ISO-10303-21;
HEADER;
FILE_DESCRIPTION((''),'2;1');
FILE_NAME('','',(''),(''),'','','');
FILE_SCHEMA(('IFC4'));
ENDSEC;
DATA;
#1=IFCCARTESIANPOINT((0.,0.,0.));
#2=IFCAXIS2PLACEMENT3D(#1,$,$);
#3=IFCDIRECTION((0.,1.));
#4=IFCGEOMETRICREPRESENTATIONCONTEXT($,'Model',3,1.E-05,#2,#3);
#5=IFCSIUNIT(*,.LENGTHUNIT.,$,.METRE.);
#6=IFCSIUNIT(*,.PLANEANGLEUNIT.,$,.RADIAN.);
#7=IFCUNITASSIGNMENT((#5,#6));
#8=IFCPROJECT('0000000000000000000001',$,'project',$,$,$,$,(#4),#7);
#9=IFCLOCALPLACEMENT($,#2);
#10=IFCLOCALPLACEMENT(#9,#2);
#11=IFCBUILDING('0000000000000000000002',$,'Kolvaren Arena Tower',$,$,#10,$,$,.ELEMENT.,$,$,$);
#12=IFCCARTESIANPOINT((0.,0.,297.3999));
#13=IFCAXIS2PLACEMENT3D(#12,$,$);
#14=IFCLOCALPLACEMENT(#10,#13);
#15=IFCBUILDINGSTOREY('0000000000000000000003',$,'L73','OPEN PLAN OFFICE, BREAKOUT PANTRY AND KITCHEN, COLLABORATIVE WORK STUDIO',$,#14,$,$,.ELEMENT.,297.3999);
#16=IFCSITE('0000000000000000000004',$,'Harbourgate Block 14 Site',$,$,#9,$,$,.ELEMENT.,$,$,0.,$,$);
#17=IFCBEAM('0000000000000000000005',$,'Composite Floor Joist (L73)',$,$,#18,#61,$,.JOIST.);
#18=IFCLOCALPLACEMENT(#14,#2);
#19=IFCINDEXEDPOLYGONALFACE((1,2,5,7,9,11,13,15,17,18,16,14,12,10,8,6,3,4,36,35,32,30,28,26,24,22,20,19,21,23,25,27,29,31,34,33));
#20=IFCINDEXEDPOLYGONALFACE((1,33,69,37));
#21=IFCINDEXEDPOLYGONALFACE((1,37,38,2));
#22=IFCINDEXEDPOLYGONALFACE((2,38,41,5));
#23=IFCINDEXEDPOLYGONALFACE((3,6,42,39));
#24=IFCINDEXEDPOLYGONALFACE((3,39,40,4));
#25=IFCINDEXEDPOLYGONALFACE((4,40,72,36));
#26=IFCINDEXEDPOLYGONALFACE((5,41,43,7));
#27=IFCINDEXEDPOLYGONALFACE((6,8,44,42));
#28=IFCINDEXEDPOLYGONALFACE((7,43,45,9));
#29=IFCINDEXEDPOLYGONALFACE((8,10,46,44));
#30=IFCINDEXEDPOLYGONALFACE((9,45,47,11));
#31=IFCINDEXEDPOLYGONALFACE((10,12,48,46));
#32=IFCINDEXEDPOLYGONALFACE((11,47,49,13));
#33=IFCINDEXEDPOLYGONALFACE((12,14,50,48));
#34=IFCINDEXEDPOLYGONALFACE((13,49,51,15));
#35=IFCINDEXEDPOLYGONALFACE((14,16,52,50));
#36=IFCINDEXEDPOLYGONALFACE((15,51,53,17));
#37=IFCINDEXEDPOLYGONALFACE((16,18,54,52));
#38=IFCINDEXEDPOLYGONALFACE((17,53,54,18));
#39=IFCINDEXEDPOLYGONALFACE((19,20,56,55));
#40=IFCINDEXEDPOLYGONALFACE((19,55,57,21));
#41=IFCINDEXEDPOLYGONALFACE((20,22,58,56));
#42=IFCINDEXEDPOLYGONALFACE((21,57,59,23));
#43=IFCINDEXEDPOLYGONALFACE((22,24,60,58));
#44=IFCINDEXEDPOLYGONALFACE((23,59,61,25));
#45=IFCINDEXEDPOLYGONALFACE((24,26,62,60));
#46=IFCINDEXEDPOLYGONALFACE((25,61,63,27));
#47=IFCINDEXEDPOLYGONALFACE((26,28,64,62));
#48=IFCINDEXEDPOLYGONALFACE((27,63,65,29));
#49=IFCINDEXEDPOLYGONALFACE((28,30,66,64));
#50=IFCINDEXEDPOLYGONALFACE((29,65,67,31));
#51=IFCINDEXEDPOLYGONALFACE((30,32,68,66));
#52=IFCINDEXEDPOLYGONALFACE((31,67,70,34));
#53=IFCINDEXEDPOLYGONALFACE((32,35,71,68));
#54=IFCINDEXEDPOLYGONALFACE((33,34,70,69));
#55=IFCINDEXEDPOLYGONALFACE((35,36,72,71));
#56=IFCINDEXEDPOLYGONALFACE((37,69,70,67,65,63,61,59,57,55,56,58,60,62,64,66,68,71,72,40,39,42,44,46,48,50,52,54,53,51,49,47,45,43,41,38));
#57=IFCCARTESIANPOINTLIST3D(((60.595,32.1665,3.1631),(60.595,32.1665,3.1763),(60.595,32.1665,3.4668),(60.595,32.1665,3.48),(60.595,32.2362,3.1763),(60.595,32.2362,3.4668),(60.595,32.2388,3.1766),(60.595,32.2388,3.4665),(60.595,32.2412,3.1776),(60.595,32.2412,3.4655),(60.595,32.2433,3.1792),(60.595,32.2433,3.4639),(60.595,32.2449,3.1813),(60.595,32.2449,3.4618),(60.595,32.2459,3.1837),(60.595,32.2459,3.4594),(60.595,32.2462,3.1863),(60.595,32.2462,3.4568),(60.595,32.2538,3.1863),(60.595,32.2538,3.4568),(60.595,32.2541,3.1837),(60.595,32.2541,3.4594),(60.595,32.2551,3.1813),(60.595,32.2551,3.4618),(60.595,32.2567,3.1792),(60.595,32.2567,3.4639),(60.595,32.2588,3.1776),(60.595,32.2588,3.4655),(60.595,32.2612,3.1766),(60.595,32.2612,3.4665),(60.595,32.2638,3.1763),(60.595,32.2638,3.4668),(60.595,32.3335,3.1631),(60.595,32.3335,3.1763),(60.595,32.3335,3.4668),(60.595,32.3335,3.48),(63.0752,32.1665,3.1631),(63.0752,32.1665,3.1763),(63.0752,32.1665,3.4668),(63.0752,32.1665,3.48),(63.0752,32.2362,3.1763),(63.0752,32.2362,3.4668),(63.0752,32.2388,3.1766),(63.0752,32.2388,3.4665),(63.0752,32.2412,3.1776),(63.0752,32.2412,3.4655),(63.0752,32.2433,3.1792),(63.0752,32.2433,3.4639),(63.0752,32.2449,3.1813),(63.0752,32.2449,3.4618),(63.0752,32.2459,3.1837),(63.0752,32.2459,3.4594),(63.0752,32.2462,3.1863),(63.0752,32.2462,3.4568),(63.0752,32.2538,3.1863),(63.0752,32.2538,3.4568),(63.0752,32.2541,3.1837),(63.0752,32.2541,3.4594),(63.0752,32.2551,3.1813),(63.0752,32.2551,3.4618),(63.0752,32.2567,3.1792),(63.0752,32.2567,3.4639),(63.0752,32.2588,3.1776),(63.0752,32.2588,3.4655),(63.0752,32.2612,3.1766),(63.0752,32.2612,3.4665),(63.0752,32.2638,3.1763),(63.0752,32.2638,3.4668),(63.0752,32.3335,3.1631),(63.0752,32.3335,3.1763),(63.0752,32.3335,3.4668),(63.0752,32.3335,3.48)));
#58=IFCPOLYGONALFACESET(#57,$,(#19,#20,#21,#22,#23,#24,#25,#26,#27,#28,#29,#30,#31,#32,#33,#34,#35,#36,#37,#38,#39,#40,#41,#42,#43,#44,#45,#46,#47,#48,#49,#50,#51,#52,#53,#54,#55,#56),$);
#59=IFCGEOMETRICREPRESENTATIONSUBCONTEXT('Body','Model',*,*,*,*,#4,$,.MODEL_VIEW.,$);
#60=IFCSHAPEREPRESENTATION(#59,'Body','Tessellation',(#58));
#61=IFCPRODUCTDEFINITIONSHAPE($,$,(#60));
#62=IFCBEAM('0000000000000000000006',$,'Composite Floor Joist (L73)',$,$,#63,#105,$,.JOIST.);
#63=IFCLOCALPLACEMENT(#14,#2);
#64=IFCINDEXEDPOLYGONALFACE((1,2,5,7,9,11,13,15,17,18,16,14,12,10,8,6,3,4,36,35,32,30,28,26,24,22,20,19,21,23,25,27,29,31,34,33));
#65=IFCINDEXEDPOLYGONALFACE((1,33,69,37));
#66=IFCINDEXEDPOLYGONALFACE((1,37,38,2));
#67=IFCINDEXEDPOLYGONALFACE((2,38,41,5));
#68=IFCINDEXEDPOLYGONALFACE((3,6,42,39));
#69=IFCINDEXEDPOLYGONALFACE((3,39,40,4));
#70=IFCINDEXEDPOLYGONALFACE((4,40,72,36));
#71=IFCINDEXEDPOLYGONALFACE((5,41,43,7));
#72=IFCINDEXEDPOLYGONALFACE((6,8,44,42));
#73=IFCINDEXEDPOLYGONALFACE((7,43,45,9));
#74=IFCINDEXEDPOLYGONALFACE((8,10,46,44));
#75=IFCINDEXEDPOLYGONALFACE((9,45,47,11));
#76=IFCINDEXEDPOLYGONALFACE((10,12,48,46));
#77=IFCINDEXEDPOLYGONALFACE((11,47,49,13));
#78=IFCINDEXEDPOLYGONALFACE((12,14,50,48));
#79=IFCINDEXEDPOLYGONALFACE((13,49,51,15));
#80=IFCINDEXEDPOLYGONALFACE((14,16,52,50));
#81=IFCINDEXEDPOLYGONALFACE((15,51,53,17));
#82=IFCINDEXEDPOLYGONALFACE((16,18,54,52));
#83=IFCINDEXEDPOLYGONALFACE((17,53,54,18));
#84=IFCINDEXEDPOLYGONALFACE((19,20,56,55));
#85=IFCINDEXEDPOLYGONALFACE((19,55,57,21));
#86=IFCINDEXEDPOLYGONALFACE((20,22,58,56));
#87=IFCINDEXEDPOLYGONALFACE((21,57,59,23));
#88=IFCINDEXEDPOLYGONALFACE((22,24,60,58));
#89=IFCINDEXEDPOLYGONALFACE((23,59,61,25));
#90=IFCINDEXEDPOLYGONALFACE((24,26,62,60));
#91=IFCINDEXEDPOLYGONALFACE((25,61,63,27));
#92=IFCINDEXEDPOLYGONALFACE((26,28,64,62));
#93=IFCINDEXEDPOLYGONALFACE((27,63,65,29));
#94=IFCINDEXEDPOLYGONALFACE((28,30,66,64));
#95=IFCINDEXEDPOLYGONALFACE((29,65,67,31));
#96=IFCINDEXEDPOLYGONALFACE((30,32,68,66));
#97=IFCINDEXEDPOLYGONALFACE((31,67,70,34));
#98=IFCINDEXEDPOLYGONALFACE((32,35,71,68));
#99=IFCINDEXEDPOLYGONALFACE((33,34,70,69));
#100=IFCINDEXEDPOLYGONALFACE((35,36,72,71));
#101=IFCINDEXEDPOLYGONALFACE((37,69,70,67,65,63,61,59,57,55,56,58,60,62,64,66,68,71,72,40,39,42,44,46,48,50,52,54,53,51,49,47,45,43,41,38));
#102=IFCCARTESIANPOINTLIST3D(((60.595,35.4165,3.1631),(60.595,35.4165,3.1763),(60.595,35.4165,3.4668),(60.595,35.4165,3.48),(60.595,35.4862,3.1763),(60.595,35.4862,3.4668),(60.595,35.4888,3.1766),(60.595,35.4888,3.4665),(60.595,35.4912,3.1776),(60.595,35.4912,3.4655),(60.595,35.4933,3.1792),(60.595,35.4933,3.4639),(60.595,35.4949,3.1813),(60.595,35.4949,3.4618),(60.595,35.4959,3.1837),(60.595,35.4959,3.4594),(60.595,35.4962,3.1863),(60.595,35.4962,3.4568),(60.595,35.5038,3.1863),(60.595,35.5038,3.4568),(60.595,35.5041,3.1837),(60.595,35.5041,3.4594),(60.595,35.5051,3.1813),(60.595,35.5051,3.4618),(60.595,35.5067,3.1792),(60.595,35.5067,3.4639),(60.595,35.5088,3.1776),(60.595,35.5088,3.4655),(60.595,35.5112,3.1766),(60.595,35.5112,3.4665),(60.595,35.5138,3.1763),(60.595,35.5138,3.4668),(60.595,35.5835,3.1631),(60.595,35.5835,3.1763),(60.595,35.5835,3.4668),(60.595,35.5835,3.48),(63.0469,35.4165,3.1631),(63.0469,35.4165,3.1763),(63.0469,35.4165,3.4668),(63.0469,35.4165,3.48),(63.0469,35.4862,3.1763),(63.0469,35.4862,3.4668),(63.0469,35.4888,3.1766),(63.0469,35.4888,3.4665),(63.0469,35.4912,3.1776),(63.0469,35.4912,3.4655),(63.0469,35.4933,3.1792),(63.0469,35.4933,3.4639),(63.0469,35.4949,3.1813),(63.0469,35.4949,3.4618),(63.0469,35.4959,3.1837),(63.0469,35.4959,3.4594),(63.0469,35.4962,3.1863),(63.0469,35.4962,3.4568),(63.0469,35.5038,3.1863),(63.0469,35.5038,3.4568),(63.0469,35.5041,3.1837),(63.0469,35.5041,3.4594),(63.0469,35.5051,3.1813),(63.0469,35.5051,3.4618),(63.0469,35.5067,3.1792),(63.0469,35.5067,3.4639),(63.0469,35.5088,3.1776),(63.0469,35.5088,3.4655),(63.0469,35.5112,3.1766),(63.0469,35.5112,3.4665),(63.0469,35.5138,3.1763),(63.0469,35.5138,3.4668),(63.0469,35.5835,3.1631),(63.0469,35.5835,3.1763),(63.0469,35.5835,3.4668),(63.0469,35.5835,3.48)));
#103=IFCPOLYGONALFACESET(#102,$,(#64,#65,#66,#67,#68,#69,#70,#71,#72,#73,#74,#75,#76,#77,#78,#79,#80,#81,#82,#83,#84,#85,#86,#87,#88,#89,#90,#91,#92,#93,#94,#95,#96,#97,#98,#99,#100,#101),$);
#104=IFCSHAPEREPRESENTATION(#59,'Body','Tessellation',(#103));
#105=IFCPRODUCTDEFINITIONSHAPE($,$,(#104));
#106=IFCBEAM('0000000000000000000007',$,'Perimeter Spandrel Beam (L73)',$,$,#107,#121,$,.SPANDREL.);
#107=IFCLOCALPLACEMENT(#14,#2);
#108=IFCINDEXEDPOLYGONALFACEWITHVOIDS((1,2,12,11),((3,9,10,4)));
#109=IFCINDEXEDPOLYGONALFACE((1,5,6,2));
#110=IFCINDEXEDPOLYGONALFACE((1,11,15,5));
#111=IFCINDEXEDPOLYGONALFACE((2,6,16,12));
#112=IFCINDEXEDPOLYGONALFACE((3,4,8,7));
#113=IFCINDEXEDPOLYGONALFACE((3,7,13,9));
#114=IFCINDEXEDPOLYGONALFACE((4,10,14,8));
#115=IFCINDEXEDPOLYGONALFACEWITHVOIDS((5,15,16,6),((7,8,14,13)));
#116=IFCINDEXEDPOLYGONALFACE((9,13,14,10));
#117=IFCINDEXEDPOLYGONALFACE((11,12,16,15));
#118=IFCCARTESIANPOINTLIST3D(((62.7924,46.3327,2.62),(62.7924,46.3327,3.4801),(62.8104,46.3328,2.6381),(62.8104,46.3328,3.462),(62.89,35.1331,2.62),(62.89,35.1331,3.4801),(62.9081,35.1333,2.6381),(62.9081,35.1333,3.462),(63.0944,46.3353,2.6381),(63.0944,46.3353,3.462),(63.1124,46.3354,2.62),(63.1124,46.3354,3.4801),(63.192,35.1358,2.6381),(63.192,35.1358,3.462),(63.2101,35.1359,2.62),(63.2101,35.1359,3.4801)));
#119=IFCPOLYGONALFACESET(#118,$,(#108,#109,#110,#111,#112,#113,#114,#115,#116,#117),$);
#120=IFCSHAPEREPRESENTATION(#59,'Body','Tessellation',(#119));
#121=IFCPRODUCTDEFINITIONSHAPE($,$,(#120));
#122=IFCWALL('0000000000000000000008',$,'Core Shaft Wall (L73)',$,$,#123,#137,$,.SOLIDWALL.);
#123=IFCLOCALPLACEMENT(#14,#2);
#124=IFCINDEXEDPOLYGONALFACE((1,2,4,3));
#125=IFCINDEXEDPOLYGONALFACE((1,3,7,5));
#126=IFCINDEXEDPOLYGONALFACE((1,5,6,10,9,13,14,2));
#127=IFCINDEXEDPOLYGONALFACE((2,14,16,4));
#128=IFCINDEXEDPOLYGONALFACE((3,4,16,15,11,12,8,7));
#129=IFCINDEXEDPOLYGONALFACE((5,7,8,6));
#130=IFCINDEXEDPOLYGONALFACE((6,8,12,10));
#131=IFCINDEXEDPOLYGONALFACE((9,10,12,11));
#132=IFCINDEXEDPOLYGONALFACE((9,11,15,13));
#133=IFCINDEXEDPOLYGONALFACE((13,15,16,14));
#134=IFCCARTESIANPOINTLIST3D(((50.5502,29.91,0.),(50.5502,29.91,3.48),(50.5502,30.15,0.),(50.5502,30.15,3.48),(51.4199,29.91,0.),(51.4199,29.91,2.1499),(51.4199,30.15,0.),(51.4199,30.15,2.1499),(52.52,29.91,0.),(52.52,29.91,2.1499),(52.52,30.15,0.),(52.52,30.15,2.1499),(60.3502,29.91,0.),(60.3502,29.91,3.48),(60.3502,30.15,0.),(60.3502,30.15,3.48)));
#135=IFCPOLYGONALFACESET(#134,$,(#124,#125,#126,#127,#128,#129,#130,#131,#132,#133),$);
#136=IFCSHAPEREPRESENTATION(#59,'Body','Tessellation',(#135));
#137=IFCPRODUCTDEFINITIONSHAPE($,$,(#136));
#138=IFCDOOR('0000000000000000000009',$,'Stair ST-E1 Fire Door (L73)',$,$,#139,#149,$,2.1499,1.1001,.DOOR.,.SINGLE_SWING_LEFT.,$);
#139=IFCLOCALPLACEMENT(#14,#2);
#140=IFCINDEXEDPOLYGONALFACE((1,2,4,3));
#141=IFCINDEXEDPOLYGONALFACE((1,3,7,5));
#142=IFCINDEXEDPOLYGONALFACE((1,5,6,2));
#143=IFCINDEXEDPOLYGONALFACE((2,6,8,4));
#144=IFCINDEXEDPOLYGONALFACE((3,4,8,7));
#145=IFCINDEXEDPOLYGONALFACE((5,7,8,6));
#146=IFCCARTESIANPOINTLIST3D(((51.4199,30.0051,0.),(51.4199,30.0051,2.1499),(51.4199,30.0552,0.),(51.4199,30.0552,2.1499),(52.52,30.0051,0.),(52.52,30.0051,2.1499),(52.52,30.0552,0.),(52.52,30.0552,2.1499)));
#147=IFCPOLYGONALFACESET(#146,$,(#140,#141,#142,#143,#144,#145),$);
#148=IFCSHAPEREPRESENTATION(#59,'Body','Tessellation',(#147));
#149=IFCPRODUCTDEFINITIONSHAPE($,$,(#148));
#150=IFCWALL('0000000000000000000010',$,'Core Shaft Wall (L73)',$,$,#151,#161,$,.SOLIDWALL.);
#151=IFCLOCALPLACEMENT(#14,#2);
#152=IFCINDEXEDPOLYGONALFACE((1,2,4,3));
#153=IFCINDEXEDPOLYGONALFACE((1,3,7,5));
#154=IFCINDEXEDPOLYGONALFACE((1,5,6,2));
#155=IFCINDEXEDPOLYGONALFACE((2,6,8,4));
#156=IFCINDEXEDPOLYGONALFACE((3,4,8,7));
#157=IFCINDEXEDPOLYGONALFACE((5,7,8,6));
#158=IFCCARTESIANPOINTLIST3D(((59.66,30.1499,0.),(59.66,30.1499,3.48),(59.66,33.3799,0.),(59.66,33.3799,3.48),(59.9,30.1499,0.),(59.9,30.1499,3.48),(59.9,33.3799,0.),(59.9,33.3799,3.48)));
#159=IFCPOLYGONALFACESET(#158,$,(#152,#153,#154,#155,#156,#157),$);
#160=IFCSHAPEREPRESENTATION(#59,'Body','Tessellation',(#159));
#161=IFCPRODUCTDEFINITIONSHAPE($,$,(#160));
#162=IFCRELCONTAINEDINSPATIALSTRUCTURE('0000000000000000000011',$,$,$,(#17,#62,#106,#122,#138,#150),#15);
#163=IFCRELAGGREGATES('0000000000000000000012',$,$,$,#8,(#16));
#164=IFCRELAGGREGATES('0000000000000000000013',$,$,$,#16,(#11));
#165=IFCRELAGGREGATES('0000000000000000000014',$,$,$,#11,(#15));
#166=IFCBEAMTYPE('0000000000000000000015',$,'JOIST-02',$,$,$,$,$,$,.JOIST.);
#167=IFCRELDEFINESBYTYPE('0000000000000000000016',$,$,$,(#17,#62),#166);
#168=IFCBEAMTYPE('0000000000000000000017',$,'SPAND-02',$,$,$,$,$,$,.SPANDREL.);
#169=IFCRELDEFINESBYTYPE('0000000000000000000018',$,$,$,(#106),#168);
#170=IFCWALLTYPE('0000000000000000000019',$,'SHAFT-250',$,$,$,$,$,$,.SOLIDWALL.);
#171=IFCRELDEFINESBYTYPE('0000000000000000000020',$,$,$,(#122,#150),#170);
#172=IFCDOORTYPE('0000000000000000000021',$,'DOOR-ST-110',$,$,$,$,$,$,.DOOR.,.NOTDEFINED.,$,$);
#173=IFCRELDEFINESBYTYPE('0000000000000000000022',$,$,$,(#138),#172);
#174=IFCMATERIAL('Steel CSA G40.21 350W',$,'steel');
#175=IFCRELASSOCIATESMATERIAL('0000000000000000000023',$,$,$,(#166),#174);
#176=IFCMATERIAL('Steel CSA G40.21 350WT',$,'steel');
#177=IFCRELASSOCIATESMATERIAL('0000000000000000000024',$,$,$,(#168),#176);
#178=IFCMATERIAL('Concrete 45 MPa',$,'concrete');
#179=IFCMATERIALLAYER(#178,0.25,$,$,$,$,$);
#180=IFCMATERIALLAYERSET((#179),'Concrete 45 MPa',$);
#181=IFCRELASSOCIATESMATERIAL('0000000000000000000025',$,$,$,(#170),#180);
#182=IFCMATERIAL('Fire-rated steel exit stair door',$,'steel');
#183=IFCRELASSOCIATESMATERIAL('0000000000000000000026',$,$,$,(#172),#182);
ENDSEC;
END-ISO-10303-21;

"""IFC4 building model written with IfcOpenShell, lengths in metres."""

from ifc_helpers import new_model, si_unit, direction, frame, frame_2d, origin, origin_2d, place, context, subcontext, project, spatial, rectangle, hollow_rectangle, i_section, extrude, material, layer, layer_set, material_profile, profile_set, type_object, element, fill, save


model = new_model("IFC4")

# Units and contexts
model_context = context("Model", 3, precision=1e-05, world=origin(), true_north=direction((0.0, 1.0)))
body_context = subcontext(model_context, "Body", "Model", "MODEL_VIEW")
ifc_project = project(units=[si_unit("LENGTHUNIT", "METRE"), si_unit("PLANEANGLEUNIT", "RADIAN")], contexts=[model_context])

# Site, building, storey
site_placement = place(None, origin())
site = spatial("IfcSite", under=ifc_project, at=site_placement, Name="Harbourgate Block 14 Site", CompositionType="ELEMENT", RefElevation=0.0)
building_placement = place(site_placement, origin())
building = spatial("IfcBuilding", under=site, at=building_placement, Name="Kolvaren Arena Tower", CompositionType="ELEMENT")
storey_placement = place(building_placement, frame((0.0, 0.0, 297.3999)))
storey = spatial("IfcBuildingStorey", under=building, at=storey_placement, Name="L73", Description="OPEN PLAN OFFICE, BREAKOUT PANTRY AND KITCHEN, COLLABORATIVE WORK STUDIO", CompositionType="ELEMENT", Elevation=297.3999)

# Beams
ifc_material_1 = material(Name="Steel CSA G40.21 350W", Category="steel")
ifc_material_profile_1 = material_profile(ifc_material_1, i_section(OverallWidth=0.167, OverallDepth=0.3169, WebThickness=0.0076, FlangeThickness=0.0132, FilletRadius=0.01, at=origin_2d()), Name="W310x52")
ifc_profile_set_1 = profile_set([ifc_material_profile_1], Name="Steel CSA G40.21 350W")
beam_type_1 = type_object("IfcBeamType", Name="JOIST-02", PredefinedType="JOIST", material=ifc_profile_set_1)
beam_1_placement = place(storey_placement, frame((60.595, 32.25, 3.3215), z_axis=(1.0, 0.0, 0.0), x_axis=(0.0, 1.0, 0.0)))
element("IfcBeam", 1, at=beam_1_placement, inside=storey, type_object=beam_type_1, Name="Composite Floor Joist (L73)", PredefinedType="JOIST", context=body_context, shape_type="SweptSolid", body=[
    extrude(i_section(OverallWidth=0.167, OverallDepth=0.3169, WebThickness=0.0076, FlangeThickness=0.0132, FilletRadius=0.01, at=origin_2d()), origin(), (0.0, 0.0, 1.0), 2.4802),
])
beam_2_placement = place(storey_placement, frame((60.595, 35.5, 3.3215), z_axis=(1.0, 0.0, 0.0), x_axis=(0.0, 1.0, 0.0)))
element("IfcBeam", 2, at=beam_2_placement, inside=storey, type_object=beam_type_1, Name="Composite Floor Joist (L73)", PredefinedType="JOIST", context=body_context, shape_type="SweptSolid", body=[
    extrude(i_section(OverallWidth=0.167, OverallDepth=0.3169, WebThickness=0.0076, FlangeThickness=0.0132, FilletRadius=0.01, at=origin_2d()), origin(), (0.0, 0.0, 1.0), 2.4519),
])
ifc_material_2 = material(Name="Steel CSA G40.21 350WT", Category="steel")
ifc_material_profile_2 = material_profile(ifc_material_2, hollow_rectangle(XDim=0.3201, YDim=0.8601, WallThickness=0.0181, at=origin_2d()), Name="HSS 860x320x18")
ifc_profile_set_2 = profile_set([ifc_material_profile_2], Name="Steel CSA G40.21 350WT")
beam_type_2 = type_object("IfcBeamType", Name="SPAND-02", PredefinedType="SPANDREL", material=ifc_profile_set_2)
beam_3_placement = place(storey_placement, frame((63.05, 35.1345, 3.05), z_axis=(-0.008719, 0.999962, 0.0), x_axis=(-0.999962, -0.008719, 0.0)))
element("IfcBeam", 3, at=beam_3_placement, inside=storey, type_object=beam_type_2, Name="Perimeter Spandrel Beam (L73)", PredefinedType="SPANDREL", context=body_context, shape_type="SweptSolid", body=[
    extrude(hollow_rectangle(XDim=0.3201, YDim=0.8601, WallThickness=0.0181, at=origin_2d()), origin(), (0.0, 0.0, 1.0), 11.2),
])

# Wall, opening, door
ifc_material_3 = material(Name="Concrete 45 MPa", Category="concrete")
ifc_layer = layer(ifc_material_3, 0.25)
ifc_layer_set = layer_set([ifc_layer], Name="Concrete 45 MPa")
wall_type = type_object("IfcWallType", Name="SHAFT-250", PredefinedType="SOLIDWALL", material=ifc_layer_set)
wall_1_placement = place(storey_placement, frame((60.3501, 30.03, 0.0), z_axis=(0.0, 0.0, 1.0), x_axis=(-1.0, 0.0, 0.0)))
wall_1 = element("IfcWall", 4, at=wall_1_placement, inside=storey, type_object=wall_type, Name="Core Shaft Wall (L73)", PredefinedType="SOLIDWALL", context=body_context, shape_type="SweptSolid", body=[
    extrude(rectangle(XDim=9.8, YDim=0.24, at=frame_2d((4.8999, 0.0))), origin(), (0.0, 0.0, 1.0), 3.48),
])
opening_1_placement = place(wall_1_placement, frame((7.8301, 0.0, 0.0)))
opening_1 = element("IfcOpeningElement", 5, at=opening_1_placement, cuts=wall_1, PredefinedType="OPENING", context=body_context, shape_type="SweptSolid", body=[
    extrude(rectangle(XDim=1.1001, YDim=2.1499, at=frame_2d((0.55, 1.075))), frame((0.0, 0.1299, 0.0), z_axis=(0.0, -1.0, 0.0), x_axis=(1.0, 0.0, 0.0)), (0.0, 0.0, 1.0), 0.26),
])
ifc_material_4 = material(Name="Fire-rated steel exit stair door", Category="steel")
door_type = type_object("IfcDoorType", Name="DOOR-ST-110", OperationType="NOTDEFINED", PredefinedType="DOOR", material=ifc_material_4)
door_1_placement = place(opening_1_placement, origin())
door_1 = element("IfcDoor", 6, at=door_1_placement, inside=storey, type_object=door_type, Name="Stair ST-E1 Fire Door (L73)", OperationType="SINGLE_SWING_LEFT", OverallHeight=2.1499, OverallWidth=1.1001, PredefinedType="DOOR", context=body_context, shape_type="SweptSolid", body=[
    extrude(rectangle(XDim=1.1001, YDim=2.1499, at=frame_2d((0.55, 1.075))), frame((0.0, 0.0249, 0.0), z_axis=(0.0, -1.0, 0.0), x_axis=(1.0, 0.0, 0.0)), (0.0, 0.0, 1.0), 0.05),
])
fill(opening_1, door_1)

# Wall
wall_2_placement = place(storey_placement, frame((59.78, 30.1499, 0.0), z_axis=(0.0, 0.0, 1.0), x_axis=(0.0, 1.0, 0.0)))
element("IfcWall", 7, at=wall_2_placement, inside=storey, type_object=wall_type, Name="Core Shaft Wall (L73)", PredefinedType="SOLIDWALL", context=body_context, shape_type="SweptSolid", body=[
    extrude(rectangle(XDim=3.23, YDim=0.24, at=frame_2d((1.615, 0.0))), origin(), (0.0, 0.0, 1.0), 3.48),
])

save(model, "model.ifc")
